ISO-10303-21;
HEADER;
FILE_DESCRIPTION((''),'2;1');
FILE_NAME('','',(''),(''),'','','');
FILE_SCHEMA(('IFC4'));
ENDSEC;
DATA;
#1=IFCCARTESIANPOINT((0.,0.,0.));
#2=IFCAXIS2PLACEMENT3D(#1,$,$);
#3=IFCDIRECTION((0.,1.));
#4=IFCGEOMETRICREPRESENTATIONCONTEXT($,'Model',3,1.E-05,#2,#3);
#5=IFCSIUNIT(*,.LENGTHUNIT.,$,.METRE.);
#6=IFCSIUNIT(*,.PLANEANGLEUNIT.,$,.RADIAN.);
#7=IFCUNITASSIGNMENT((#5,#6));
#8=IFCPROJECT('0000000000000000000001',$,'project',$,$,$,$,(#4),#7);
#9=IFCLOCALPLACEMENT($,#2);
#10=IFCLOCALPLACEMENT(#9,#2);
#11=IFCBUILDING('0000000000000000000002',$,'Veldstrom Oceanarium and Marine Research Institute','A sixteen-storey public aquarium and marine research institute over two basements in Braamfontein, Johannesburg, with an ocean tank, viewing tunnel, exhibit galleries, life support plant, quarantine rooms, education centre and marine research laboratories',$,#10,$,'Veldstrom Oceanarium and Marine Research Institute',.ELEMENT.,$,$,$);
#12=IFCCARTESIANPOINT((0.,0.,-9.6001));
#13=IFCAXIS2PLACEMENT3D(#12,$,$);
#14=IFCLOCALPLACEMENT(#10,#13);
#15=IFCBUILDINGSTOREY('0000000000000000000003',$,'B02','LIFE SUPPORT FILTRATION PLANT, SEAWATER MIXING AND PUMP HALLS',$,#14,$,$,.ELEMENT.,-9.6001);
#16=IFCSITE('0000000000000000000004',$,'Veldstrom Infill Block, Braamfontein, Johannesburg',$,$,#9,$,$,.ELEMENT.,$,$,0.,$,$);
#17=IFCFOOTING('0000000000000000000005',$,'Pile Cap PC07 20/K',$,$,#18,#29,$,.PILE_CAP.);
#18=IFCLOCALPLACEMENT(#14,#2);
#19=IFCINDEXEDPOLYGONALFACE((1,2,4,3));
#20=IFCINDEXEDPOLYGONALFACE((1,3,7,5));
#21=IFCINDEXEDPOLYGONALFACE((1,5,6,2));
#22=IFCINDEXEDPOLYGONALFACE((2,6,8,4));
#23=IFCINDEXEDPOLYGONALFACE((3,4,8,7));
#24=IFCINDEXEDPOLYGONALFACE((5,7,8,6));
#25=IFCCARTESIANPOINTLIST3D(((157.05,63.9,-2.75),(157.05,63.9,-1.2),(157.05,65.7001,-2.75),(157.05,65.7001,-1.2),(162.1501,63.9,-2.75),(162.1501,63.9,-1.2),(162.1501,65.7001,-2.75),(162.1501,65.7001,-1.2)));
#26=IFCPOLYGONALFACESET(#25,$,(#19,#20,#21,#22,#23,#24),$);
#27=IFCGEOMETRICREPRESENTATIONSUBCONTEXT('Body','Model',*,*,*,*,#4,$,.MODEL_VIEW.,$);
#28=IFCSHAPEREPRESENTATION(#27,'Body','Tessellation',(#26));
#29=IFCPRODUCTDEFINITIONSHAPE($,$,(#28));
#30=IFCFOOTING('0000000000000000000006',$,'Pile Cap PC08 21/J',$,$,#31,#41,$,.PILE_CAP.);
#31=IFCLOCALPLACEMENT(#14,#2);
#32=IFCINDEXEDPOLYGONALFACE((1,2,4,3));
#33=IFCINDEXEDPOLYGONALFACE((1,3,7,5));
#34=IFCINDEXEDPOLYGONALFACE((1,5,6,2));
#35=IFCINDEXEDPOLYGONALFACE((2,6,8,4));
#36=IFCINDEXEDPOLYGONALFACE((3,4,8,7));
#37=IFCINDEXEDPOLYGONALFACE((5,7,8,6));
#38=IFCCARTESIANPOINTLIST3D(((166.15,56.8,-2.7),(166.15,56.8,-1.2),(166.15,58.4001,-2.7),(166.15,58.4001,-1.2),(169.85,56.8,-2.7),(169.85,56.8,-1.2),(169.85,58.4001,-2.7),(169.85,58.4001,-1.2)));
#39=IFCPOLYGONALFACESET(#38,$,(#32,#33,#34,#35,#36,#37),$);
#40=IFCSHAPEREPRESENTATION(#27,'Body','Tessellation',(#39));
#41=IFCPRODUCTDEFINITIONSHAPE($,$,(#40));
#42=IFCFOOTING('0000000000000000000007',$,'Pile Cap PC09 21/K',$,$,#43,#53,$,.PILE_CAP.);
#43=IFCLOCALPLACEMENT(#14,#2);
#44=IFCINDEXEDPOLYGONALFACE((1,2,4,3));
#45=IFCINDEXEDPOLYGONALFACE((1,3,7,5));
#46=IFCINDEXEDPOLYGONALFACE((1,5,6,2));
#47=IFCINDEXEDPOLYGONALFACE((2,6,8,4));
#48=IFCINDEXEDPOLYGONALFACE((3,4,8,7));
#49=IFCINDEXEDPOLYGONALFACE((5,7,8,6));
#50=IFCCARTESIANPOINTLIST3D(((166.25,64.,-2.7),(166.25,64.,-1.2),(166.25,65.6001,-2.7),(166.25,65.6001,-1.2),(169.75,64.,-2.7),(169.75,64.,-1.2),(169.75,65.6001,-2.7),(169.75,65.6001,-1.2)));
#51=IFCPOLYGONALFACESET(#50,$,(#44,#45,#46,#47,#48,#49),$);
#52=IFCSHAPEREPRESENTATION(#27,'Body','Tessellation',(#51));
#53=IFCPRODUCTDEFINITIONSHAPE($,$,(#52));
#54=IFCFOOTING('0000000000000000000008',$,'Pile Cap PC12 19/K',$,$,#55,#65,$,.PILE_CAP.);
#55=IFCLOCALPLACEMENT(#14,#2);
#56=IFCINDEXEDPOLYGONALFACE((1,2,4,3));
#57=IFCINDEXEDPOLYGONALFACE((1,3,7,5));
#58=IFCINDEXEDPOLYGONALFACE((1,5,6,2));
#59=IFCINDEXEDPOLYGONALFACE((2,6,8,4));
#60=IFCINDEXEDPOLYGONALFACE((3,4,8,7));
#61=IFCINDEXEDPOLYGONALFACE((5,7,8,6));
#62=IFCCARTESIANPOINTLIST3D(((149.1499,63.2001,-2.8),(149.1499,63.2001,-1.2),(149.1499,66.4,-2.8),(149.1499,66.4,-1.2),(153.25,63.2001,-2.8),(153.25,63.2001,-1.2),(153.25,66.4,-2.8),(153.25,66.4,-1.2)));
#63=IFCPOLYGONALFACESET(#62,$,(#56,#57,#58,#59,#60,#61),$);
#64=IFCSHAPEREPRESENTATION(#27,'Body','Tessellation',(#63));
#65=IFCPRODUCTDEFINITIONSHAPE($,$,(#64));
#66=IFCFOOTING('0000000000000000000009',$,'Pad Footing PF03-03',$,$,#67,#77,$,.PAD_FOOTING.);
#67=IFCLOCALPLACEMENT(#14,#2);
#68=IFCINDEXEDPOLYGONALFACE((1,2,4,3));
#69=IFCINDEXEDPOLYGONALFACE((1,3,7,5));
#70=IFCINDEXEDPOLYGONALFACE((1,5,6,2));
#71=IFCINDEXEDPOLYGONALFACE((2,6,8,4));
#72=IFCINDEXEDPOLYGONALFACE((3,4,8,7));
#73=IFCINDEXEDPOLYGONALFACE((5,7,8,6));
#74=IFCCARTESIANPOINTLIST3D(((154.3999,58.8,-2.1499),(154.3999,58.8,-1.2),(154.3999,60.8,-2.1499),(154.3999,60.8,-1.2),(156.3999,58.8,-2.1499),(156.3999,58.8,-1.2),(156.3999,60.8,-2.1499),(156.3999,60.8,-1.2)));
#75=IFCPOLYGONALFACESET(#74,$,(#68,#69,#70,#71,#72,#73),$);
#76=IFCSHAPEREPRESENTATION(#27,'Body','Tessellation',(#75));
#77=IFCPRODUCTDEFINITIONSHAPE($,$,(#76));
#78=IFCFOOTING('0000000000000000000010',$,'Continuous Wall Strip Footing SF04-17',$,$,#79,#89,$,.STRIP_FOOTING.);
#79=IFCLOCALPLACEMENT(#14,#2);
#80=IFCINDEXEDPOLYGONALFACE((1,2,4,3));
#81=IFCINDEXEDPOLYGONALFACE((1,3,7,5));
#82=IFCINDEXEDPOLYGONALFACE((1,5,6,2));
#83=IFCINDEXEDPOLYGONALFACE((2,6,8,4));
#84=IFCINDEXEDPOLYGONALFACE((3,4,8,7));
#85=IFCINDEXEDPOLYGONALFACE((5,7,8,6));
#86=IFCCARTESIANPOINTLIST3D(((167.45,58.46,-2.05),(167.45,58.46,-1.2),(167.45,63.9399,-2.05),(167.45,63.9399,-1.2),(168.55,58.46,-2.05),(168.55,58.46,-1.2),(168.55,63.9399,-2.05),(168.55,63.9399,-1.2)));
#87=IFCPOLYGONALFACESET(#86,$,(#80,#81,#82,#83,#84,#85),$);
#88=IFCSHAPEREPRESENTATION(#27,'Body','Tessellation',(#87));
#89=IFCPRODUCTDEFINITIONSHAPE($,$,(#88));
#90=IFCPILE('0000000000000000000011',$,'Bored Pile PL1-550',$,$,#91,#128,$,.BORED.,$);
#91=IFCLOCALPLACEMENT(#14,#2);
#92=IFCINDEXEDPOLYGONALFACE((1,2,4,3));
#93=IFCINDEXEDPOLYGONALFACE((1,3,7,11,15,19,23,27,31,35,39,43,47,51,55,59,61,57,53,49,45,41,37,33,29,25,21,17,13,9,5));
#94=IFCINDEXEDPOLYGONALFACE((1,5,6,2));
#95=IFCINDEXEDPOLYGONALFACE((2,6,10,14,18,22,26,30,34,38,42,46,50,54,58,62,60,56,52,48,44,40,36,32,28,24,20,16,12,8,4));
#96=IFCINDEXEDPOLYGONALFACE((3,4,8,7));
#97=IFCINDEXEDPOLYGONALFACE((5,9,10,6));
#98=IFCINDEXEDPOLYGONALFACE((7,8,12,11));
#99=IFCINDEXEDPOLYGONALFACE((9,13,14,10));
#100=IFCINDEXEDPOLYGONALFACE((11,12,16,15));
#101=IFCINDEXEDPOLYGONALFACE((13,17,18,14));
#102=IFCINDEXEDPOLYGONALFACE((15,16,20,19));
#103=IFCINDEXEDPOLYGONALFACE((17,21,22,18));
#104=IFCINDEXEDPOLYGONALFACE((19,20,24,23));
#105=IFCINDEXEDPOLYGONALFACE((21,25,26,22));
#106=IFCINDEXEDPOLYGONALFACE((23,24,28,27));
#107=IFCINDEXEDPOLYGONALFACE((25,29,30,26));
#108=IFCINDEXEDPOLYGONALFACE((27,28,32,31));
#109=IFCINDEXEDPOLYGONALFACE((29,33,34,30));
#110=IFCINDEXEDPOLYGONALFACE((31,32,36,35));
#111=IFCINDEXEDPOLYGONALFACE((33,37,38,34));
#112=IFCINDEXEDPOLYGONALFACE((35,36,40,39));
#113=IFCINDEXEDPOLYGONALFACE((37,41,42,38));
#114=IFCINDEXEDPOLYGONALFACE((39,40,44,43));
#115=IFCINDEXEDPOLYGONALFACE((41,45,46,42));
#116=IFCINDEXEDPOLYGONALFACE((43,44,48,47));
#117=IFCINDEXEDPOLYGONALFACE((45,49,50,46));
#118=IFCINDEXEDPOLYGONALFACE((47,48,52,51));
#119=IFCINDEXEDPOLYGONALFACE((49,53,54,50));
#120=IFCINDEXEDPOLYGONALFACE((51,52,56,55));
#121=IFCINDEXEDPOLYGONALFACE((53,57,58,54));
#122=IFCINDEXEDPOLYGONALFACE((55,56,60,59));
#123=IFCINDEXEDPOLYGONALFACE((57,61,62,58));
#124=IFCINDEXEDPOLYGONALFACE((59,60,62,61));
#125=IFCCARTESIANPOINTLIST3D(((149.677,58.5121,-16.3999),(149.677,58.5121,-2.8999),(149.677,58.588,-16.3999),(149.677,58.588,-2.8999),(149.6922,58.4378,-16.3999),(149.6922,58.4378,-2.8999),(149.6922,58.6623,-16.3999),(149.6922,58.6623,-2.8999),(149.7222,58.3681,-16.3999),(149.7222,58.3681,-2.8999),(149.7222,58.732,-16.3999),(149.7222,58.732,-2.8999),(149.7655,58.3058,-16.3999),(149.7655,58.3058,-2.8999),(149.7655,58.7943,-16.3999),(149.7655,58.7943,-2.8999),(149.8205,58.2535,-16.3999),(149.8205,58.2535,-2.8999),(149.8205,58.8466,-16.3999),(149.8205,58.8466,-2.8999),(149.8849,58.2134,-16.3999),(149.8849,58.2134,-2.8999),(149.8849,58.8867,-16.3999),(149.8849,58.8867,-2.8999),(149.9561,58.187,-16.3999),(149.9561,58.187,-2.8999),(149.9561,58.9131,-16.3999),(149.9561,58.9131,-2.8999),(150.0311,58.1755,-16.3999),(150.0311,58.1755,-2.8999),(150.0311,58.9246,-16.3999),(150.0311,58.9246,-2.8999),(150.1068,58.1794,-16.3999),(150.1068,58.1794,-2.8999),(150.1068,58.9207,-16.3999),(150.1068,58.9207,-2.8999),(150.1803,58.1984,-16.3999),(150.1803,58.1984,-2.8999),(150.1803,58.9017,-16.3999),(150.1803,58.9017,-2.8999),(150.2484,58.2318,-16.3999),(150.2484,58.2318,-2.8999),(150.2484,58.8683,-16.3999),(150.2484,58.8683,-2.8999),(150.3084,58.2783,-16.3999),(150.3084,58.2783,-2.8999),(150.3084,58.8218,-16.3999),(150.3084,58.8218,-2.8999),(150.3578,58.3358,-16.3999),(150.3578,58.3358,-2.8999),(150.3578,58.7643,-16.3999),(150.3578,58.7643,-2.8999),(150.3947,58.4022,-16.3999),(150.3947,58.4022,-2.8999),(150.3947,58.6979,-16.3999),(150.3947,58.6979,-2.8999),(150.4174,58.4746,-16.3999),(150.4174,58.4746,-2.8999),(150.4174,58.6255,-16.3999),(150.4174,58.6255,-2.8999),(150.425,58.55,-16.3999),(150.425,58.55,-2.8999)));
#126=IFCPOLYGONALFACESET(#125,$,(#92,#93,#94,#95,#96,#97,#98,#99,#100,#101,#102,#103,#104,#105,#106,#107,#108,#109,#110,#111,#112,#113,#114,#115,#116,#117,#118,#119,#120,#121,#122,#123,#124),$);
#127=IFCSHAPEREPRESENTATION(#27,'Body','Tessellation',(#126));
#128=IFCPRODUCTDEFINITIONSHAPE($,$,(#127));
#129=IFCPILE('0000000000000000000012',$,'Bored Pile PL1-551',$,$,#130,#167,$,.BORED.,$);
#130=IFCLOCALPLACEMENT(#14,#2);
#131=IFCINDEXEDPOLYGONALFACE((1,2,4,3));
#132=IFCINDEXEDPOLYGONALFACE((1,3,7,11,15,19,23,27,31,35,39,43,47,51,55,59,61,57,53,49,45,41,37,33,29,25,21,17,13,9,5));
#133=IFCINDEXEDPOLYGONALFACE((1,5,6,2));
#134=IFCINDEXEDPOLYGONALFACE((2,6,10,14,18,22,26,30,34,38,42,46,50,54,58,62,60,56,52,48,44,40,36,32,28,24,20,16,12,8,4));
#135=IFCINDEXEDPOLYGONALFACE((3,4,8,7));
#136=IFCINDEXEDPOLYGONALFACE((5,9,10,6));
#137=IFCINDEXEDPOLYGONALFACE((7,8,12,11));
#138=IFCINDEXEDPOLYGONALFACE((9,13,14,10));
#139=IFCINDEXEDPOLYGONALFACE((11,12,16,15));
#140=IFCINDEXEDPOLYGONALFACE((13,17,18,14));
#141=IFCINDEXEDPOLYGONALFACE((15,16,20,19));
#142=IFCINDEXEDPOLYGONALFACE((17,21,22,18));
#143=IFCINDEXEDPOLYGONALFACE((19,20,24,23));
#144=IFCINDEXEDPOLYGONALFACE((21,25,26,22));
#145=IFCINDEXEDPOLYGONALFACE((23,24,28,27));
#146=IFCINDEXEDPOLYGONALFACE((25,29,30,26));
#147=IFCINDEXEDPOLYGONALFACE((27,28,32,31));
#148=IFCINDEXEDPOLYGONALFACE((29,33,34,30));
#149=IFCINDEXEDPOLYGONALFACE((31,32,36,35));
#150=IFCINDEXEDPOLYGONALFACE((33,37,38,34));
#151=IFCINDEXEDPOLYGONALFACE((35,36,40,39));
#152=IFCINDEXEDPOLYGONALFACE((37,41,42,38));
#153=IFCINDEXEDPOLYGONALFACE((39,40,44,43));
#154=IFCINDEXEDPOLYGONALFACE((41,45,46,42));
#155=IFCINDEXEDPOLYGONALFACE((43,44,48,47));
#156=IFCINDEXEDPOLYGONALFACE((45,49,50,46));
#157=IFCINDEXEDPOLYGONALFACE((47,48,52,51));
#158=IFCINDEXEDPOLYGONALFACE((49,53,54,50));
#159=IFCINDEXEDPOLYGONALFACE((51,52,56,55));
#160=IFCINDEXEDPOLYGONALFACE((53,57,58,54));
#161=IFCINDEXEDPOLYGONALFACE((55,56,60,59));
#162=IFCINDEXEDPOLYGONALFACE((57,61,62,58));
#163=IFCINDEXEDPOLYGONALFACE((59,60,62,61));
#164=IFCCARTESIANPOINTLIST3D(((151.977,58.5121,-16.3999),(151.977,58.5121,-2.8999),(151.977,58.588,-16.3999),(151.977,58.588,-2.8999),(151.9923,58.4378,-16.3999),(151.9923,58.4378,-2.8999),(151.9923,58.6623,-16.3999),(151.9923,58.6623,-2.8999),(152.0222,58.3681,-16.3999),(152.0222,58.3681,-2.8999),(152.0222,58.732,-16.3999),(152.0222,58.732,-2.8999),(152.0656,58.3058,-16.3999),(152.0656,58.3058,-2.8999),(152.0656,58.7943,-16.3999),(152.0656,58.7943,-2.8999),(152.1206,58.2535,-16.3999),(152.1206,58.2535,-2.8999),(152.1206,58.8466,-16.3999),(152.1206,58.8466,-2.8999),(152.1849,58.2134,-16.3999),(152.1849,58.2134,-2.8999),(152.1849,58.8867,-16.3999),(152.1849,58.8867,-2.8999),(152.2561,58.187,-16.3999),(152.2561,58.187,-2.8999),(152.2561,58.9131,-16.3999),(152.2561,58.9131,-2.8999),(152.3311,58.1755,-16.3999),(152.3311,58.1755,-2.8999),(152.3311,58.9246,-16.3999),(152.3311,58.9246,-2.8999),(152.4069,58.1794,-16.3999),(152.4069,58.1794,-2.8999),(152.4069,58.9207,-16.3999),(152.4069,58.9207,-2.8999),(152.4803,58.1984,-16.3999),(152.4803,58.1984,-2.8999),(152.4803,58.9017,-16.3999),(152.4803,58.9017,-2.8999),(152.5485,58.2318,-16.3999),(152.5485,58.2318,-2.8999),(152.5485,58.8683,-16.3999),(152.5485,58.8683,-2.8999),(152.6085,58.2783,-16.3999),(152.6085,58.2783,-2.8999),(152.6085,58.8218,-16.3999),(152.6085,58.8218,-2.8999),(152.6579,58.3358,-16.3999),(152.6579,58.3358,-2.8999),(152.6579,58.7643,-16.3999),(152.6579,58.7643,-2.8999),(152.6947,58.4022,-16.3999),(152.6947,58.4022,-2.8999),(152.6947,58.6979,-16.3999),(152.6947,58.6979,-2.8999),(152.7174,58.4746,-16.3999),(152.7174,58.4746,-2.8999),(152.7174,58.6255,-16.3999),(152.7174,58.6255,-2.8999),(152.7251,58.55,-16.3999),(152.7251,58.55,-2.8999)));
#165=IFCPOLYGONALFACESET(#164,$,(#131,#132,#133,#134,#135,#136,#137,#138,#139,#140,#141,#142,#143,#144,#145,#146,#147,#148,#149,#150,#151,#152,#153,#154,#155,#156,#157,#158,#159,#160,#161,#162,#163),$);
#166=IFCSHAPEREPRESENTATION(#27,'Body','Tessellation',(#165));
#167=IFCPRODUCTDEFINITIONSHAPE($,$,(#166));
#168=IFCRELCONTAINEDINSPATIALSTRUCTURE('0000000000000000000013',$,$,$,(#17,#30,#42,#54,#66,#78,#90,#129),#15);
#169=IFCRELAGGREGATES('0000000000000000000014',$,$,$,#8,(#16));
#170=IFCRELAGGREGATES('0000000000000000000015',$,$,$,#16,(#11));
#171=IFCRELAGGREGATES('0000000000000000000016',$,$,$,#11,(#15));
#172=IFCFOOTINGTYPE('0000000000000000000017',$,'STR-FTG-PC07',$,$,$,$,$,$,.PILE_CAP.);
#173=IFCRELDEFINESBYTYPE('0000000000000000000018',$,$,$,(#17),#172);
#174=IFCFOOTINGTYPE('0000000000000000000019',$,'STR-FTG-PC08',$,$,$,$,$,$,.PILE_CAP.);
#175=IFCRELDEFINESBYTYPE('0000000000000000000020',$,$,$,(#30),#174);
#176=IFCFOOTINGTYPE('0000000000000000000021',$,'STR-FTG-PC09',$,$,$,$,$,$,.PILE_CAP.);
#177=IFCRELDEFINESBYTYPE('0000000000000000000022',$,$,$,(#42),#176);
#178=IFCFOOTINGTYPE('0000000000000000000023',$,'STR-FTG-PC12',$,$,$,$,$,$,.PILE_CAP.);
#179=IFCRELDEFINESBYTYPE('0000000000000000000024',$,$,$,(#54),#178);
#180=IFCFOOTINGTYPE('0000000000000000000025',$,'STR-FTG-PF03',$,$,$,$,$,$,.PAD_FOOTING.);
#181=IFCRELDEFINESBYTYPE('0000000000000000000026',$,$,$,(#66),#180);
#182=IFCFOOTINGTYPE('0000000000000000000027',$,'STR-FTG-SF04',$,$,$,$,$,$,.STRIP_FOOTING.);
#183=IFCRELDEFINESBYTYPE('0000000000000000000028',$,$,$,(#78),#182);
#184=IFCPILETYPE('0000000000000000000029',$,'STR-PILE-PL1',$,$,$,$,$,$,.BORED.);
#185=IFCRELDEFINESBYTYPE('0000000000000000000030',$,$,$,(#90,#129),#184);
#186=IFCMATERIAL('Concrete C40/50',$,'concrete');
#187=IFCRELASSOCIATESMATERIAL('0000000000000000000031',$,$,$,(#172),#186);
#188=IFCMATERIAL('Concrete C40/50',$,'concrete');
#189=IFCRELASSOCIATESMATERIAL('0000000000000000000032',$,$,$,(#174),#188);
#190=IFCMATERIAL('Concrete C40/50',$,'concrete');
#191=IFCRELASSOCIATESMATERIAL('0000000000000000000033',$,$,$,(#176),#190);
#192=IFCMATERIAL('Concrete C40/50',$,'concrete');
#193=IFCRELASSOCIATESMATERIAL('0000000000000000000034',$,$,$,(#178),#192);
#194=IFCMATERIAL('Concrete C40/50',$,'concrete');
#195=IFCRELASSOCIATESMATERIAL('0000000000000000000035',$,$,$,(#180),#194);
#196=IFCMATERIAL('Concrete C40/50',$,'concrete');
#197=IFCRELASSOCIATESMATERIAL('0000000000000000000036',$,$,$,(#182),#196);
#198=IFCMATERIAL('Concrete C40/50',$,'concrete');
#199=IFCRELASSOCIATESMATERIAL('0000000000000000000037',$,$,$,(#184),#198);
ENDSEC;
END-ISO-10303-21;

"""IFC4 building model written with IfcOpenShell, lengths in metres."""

from ifc_helpers import new_model, si_unit, direction, frame, origin, origin_2d, place, context, subcontext, project, spatial, rectangle, circle, extrude, material, material_profile, profile_set, type_object, element, save


model = new_model("IFC4")

# Units and contexts
model_context = context("Model", 3, precision=1e-05, world=origin(), true_north=direction((0.0, 1.0)))
body_context = subcontext(model_context, "Body", "Model", "MODEL_VIEW")
ifc_project = project(units=[si_unit("LENGTHUNIT", "METRE"), si_unit("PLANEANGLEUNIT", "RADIAN")], contexts=[model_context])

# Site, building, storey
site_placement = place(None, origin())
site = spatial("IfcSite", under=ifc_project, at=site_placement, Name="Veldstrom Infill Block, Braamfontein, Johannesburg", CompositionType="ELEMENT", RefElevation=0.0)
building_placement = place(site_placement, origin())
building = spatial("IfcBuilding", under=site, at=building_placement, Name="Veldstrom Oceanarium and Marine Research Institute", Description="A sixteen-storey public aquarium and marine research institute over two basements in Braamfontein, Johannesburg, with an ocean tank, viewing tunnel, exhibit galleries, life support plant, quarantine rooms, education centre and marine research laboratories", LongName="Veldstrom Oceanarium and Marine Research Institute", CompositionType="ELEMENT")
storey_placement = place(building_placement, frame((0.0, 0.0, -9.6001)))
storey = spatial("IfcBuildingStorey", under=building, at=storey_placement, Name="B02", Description="LIFE SUPPORT FILTRATION PLANT, SEAWATER MIXING AND PUMP HALLS", CompositionType="ELEMENT", Elevation=-9.6001)

# Footings
ifc_material_1 = material(Name="Concrete C40/50", Category="concrete")
footing_type_1 = type_object("IfcFootingType", Name="STR-FTG-PC07", PredefinedType="PILE_CAP", material=ifc_material_1)
footing_1_placement = place(storey_placement, frame((159.6001, 64.8, -2.75), z_axis=(0.0, 0.0, 1.0), x_axis=(1.0, 0.0, 0.0)))
element("IfcFooting", 1, at=footing_1_placement, inside=storey, type_object=footing_type_1, Name="Pile Cap PC07 20/K", PredefinedType="PILE_CAP", context=body_context, shape_type="SweptSolid", body=[
    extrude(rectangle(XDim=5.1001, YDim=1.8, at=origin_2d()), origin(), (0.0, 0.0, 1.0), 1.55),
])
ifc_material_2 = material(Name="Concrete C40/50", Category="concrete")
footing_type_2 = type_object("IfcFootingType", Name="STR-FTG-PC08", PredefinedType="PILE_CAP", material=ifc_material_2)
footing_2_placement = place(storey_placement, frame((168.0, 57.6001, -2.7), z_axis=(0.0, 0.0, 1.0), x_axis=(1.0, 0.0, 0.0)))
element("IfcFooting", 2, at=footing_2_placement, inside=storey, type_object=footing_type_2, Name="Pile Cap PC08 21/J", PredefinedType="PILE_CAP", context=body_context, shape_type="SweptSolid", body=[
    extrude(rectangle(XDim=3.7, YDim=1.6001, at=origin_2d()), origin(), (0.0, 0.0, 1.0), 1.5),
])
ifc_material_3 = material(Name="Concrete C40/50", Category="concrete")
footing_type_3 = type_object("IfcFootingType", Name="STR-FTG-PC09", PredefinedType="PILE_CAP", material=ifc_material_3)
footing_3_placement = place(storey_placement, frame((168.0, 64.8, -2.7), z_axis=(0.0, 0.0, 1.0), x_axis=(1.0, 0.0, 0.0)))
element("IfcFooting", 3, at=footing_3_placement, inside=storey, type_object=footing_type_3, Name="Pile Cap PC09 21/K", PredefinedType="PILE_CAP", context=body_context, shape_type="SweptSolid", body=[
    extrude(rectangle(XDim=3.5, YDim=1.6001, at=origin_2d()), origin(), (0.0, 0.0, 1.0), 1.5),
])
ifc_material_4 = material(Name="Concrete C40/50", Category="concrete")
footing_type_4 = type_object("IfcFootingType", Name="STR-FTG-PC12", PredefinedType="PILE_CAP", material=ifc_material_4)
footing_4_placement = place(storey_placement, frame((151.2, 64.8, -2.8), z_axis=(0.0, 0.0, 1.0), x_axis=(1.0, 0.0, 0.0)))
element("IfcFooting", 4, at=footing_4_placement, inside=storey, type_object=footing_type_4, Name="Pile Cap PC12 19/K", PredefinedType="PILE_CAP", context=body_context, shape_type="SweptSolid", body=[
    extrude(rectangle(XDim=4.1001, YDim=3.2, at=origin_2d()), origin(), (0.0, 0.0, 1.0), 1.6001),
])
ifc_material_5 = material(Name="Concrete C40/50", Category="concrete")
footing_type_5 = type_object("IfcFootingType", Name="STR-FTG-PF03", PredefinedType="PAD_FOOTING", material=ifc_material_5)
footing_5_placement = place(storey_placement, frame((155.3999, 59.8, -2.1499), z_axis=(0.0, 0.0, 1.0), x_axis=(1.0, 0.0, 0.0)))
element("IfcFooting", 5, at=footing_5_placement, inside=storey, type_object=footing_type_5, Name="Pad Footing PF03-03", PredefinedType="PAD_FOOTING", context=body_context, shape_type="SweptSolid", body=[
    extrude(rectangle(XDim=2.0, YDim=2.0, at=origin_2d()), origin(), (0.0, 0.0, 1.0), 0.95),
])
ifc_material_6 = material(Name="Concrete C40/50", Category="concrete")
footing_type_6 = type_object("IfcFootingType", Name="STR-FTG-SF04", PredefinedType="STRIP_FOOTING", material=ifc_material_6)
footing_6_placement = place(storey_placement, frame((168.0, 61.2, -2.05), z_axis=(0.0, 0.0, 1.0), x_axis=(0.0, 1.0, 0.0)))
element("IfcFooting", 6, at=footing_6_placement, inside=storey, type_object=footing_type_6, Name="Continuous Wall Strip Footing SF04-17", PredefinedType="STRIP_FOOTING", context=body_context, shape_type="SweptSolid", body=[
    extrude(rectangle(XDim=5.48, YDim=1.1001, at=origin_2d()), origin(), (0.0, 0.0, 1.0), 0.8501),
])

# Piles
ifc_material_7 = material(Name="Concrete C40/50", Category="concrete")
ifc_material_profile_1 = material_profile(ifc_material_7, circle(Radius=0.375, at=origin_2d()), Name="PILE-D750")
ifc_profile_set_1 = profile_set([ifc_material_profile_1], Name="Concrete C40/50")
pile_type = type_object("IfcPileType", Name="STR-PILE-PL1", PredefinedType="BORED", material=ifc_profile_set_1)
for number, where, z_axis, x_axis, name in (
    (7, (150.05, 58.55, -2.8999), (0.0, 0.0, -1.0), (1.0, 0.0, 0.0), "Bored Pile PL1-550"),
    (8, (152.3501, 58.55, -2.8999), (0.0, 0.0, -1.0), (1.0, 0.0, 0.0), "Bored Pile PL1-551"),
):
    element("IfcPile", number, at=place(storey_placement, frame(where, z_axis=z_axis, x_axis=x_axis)), inside=storey, type_object=pile_type, Name=name, PredefinedType="BORED", context=body_context, shape_type="SweptSolid", body=[
        extrude(circle(Radius=0.375, at=origin_2d()), origin(), (0.0, 0.0, 1.0), 13.5),
    ])

save(model, "model.ifc")
